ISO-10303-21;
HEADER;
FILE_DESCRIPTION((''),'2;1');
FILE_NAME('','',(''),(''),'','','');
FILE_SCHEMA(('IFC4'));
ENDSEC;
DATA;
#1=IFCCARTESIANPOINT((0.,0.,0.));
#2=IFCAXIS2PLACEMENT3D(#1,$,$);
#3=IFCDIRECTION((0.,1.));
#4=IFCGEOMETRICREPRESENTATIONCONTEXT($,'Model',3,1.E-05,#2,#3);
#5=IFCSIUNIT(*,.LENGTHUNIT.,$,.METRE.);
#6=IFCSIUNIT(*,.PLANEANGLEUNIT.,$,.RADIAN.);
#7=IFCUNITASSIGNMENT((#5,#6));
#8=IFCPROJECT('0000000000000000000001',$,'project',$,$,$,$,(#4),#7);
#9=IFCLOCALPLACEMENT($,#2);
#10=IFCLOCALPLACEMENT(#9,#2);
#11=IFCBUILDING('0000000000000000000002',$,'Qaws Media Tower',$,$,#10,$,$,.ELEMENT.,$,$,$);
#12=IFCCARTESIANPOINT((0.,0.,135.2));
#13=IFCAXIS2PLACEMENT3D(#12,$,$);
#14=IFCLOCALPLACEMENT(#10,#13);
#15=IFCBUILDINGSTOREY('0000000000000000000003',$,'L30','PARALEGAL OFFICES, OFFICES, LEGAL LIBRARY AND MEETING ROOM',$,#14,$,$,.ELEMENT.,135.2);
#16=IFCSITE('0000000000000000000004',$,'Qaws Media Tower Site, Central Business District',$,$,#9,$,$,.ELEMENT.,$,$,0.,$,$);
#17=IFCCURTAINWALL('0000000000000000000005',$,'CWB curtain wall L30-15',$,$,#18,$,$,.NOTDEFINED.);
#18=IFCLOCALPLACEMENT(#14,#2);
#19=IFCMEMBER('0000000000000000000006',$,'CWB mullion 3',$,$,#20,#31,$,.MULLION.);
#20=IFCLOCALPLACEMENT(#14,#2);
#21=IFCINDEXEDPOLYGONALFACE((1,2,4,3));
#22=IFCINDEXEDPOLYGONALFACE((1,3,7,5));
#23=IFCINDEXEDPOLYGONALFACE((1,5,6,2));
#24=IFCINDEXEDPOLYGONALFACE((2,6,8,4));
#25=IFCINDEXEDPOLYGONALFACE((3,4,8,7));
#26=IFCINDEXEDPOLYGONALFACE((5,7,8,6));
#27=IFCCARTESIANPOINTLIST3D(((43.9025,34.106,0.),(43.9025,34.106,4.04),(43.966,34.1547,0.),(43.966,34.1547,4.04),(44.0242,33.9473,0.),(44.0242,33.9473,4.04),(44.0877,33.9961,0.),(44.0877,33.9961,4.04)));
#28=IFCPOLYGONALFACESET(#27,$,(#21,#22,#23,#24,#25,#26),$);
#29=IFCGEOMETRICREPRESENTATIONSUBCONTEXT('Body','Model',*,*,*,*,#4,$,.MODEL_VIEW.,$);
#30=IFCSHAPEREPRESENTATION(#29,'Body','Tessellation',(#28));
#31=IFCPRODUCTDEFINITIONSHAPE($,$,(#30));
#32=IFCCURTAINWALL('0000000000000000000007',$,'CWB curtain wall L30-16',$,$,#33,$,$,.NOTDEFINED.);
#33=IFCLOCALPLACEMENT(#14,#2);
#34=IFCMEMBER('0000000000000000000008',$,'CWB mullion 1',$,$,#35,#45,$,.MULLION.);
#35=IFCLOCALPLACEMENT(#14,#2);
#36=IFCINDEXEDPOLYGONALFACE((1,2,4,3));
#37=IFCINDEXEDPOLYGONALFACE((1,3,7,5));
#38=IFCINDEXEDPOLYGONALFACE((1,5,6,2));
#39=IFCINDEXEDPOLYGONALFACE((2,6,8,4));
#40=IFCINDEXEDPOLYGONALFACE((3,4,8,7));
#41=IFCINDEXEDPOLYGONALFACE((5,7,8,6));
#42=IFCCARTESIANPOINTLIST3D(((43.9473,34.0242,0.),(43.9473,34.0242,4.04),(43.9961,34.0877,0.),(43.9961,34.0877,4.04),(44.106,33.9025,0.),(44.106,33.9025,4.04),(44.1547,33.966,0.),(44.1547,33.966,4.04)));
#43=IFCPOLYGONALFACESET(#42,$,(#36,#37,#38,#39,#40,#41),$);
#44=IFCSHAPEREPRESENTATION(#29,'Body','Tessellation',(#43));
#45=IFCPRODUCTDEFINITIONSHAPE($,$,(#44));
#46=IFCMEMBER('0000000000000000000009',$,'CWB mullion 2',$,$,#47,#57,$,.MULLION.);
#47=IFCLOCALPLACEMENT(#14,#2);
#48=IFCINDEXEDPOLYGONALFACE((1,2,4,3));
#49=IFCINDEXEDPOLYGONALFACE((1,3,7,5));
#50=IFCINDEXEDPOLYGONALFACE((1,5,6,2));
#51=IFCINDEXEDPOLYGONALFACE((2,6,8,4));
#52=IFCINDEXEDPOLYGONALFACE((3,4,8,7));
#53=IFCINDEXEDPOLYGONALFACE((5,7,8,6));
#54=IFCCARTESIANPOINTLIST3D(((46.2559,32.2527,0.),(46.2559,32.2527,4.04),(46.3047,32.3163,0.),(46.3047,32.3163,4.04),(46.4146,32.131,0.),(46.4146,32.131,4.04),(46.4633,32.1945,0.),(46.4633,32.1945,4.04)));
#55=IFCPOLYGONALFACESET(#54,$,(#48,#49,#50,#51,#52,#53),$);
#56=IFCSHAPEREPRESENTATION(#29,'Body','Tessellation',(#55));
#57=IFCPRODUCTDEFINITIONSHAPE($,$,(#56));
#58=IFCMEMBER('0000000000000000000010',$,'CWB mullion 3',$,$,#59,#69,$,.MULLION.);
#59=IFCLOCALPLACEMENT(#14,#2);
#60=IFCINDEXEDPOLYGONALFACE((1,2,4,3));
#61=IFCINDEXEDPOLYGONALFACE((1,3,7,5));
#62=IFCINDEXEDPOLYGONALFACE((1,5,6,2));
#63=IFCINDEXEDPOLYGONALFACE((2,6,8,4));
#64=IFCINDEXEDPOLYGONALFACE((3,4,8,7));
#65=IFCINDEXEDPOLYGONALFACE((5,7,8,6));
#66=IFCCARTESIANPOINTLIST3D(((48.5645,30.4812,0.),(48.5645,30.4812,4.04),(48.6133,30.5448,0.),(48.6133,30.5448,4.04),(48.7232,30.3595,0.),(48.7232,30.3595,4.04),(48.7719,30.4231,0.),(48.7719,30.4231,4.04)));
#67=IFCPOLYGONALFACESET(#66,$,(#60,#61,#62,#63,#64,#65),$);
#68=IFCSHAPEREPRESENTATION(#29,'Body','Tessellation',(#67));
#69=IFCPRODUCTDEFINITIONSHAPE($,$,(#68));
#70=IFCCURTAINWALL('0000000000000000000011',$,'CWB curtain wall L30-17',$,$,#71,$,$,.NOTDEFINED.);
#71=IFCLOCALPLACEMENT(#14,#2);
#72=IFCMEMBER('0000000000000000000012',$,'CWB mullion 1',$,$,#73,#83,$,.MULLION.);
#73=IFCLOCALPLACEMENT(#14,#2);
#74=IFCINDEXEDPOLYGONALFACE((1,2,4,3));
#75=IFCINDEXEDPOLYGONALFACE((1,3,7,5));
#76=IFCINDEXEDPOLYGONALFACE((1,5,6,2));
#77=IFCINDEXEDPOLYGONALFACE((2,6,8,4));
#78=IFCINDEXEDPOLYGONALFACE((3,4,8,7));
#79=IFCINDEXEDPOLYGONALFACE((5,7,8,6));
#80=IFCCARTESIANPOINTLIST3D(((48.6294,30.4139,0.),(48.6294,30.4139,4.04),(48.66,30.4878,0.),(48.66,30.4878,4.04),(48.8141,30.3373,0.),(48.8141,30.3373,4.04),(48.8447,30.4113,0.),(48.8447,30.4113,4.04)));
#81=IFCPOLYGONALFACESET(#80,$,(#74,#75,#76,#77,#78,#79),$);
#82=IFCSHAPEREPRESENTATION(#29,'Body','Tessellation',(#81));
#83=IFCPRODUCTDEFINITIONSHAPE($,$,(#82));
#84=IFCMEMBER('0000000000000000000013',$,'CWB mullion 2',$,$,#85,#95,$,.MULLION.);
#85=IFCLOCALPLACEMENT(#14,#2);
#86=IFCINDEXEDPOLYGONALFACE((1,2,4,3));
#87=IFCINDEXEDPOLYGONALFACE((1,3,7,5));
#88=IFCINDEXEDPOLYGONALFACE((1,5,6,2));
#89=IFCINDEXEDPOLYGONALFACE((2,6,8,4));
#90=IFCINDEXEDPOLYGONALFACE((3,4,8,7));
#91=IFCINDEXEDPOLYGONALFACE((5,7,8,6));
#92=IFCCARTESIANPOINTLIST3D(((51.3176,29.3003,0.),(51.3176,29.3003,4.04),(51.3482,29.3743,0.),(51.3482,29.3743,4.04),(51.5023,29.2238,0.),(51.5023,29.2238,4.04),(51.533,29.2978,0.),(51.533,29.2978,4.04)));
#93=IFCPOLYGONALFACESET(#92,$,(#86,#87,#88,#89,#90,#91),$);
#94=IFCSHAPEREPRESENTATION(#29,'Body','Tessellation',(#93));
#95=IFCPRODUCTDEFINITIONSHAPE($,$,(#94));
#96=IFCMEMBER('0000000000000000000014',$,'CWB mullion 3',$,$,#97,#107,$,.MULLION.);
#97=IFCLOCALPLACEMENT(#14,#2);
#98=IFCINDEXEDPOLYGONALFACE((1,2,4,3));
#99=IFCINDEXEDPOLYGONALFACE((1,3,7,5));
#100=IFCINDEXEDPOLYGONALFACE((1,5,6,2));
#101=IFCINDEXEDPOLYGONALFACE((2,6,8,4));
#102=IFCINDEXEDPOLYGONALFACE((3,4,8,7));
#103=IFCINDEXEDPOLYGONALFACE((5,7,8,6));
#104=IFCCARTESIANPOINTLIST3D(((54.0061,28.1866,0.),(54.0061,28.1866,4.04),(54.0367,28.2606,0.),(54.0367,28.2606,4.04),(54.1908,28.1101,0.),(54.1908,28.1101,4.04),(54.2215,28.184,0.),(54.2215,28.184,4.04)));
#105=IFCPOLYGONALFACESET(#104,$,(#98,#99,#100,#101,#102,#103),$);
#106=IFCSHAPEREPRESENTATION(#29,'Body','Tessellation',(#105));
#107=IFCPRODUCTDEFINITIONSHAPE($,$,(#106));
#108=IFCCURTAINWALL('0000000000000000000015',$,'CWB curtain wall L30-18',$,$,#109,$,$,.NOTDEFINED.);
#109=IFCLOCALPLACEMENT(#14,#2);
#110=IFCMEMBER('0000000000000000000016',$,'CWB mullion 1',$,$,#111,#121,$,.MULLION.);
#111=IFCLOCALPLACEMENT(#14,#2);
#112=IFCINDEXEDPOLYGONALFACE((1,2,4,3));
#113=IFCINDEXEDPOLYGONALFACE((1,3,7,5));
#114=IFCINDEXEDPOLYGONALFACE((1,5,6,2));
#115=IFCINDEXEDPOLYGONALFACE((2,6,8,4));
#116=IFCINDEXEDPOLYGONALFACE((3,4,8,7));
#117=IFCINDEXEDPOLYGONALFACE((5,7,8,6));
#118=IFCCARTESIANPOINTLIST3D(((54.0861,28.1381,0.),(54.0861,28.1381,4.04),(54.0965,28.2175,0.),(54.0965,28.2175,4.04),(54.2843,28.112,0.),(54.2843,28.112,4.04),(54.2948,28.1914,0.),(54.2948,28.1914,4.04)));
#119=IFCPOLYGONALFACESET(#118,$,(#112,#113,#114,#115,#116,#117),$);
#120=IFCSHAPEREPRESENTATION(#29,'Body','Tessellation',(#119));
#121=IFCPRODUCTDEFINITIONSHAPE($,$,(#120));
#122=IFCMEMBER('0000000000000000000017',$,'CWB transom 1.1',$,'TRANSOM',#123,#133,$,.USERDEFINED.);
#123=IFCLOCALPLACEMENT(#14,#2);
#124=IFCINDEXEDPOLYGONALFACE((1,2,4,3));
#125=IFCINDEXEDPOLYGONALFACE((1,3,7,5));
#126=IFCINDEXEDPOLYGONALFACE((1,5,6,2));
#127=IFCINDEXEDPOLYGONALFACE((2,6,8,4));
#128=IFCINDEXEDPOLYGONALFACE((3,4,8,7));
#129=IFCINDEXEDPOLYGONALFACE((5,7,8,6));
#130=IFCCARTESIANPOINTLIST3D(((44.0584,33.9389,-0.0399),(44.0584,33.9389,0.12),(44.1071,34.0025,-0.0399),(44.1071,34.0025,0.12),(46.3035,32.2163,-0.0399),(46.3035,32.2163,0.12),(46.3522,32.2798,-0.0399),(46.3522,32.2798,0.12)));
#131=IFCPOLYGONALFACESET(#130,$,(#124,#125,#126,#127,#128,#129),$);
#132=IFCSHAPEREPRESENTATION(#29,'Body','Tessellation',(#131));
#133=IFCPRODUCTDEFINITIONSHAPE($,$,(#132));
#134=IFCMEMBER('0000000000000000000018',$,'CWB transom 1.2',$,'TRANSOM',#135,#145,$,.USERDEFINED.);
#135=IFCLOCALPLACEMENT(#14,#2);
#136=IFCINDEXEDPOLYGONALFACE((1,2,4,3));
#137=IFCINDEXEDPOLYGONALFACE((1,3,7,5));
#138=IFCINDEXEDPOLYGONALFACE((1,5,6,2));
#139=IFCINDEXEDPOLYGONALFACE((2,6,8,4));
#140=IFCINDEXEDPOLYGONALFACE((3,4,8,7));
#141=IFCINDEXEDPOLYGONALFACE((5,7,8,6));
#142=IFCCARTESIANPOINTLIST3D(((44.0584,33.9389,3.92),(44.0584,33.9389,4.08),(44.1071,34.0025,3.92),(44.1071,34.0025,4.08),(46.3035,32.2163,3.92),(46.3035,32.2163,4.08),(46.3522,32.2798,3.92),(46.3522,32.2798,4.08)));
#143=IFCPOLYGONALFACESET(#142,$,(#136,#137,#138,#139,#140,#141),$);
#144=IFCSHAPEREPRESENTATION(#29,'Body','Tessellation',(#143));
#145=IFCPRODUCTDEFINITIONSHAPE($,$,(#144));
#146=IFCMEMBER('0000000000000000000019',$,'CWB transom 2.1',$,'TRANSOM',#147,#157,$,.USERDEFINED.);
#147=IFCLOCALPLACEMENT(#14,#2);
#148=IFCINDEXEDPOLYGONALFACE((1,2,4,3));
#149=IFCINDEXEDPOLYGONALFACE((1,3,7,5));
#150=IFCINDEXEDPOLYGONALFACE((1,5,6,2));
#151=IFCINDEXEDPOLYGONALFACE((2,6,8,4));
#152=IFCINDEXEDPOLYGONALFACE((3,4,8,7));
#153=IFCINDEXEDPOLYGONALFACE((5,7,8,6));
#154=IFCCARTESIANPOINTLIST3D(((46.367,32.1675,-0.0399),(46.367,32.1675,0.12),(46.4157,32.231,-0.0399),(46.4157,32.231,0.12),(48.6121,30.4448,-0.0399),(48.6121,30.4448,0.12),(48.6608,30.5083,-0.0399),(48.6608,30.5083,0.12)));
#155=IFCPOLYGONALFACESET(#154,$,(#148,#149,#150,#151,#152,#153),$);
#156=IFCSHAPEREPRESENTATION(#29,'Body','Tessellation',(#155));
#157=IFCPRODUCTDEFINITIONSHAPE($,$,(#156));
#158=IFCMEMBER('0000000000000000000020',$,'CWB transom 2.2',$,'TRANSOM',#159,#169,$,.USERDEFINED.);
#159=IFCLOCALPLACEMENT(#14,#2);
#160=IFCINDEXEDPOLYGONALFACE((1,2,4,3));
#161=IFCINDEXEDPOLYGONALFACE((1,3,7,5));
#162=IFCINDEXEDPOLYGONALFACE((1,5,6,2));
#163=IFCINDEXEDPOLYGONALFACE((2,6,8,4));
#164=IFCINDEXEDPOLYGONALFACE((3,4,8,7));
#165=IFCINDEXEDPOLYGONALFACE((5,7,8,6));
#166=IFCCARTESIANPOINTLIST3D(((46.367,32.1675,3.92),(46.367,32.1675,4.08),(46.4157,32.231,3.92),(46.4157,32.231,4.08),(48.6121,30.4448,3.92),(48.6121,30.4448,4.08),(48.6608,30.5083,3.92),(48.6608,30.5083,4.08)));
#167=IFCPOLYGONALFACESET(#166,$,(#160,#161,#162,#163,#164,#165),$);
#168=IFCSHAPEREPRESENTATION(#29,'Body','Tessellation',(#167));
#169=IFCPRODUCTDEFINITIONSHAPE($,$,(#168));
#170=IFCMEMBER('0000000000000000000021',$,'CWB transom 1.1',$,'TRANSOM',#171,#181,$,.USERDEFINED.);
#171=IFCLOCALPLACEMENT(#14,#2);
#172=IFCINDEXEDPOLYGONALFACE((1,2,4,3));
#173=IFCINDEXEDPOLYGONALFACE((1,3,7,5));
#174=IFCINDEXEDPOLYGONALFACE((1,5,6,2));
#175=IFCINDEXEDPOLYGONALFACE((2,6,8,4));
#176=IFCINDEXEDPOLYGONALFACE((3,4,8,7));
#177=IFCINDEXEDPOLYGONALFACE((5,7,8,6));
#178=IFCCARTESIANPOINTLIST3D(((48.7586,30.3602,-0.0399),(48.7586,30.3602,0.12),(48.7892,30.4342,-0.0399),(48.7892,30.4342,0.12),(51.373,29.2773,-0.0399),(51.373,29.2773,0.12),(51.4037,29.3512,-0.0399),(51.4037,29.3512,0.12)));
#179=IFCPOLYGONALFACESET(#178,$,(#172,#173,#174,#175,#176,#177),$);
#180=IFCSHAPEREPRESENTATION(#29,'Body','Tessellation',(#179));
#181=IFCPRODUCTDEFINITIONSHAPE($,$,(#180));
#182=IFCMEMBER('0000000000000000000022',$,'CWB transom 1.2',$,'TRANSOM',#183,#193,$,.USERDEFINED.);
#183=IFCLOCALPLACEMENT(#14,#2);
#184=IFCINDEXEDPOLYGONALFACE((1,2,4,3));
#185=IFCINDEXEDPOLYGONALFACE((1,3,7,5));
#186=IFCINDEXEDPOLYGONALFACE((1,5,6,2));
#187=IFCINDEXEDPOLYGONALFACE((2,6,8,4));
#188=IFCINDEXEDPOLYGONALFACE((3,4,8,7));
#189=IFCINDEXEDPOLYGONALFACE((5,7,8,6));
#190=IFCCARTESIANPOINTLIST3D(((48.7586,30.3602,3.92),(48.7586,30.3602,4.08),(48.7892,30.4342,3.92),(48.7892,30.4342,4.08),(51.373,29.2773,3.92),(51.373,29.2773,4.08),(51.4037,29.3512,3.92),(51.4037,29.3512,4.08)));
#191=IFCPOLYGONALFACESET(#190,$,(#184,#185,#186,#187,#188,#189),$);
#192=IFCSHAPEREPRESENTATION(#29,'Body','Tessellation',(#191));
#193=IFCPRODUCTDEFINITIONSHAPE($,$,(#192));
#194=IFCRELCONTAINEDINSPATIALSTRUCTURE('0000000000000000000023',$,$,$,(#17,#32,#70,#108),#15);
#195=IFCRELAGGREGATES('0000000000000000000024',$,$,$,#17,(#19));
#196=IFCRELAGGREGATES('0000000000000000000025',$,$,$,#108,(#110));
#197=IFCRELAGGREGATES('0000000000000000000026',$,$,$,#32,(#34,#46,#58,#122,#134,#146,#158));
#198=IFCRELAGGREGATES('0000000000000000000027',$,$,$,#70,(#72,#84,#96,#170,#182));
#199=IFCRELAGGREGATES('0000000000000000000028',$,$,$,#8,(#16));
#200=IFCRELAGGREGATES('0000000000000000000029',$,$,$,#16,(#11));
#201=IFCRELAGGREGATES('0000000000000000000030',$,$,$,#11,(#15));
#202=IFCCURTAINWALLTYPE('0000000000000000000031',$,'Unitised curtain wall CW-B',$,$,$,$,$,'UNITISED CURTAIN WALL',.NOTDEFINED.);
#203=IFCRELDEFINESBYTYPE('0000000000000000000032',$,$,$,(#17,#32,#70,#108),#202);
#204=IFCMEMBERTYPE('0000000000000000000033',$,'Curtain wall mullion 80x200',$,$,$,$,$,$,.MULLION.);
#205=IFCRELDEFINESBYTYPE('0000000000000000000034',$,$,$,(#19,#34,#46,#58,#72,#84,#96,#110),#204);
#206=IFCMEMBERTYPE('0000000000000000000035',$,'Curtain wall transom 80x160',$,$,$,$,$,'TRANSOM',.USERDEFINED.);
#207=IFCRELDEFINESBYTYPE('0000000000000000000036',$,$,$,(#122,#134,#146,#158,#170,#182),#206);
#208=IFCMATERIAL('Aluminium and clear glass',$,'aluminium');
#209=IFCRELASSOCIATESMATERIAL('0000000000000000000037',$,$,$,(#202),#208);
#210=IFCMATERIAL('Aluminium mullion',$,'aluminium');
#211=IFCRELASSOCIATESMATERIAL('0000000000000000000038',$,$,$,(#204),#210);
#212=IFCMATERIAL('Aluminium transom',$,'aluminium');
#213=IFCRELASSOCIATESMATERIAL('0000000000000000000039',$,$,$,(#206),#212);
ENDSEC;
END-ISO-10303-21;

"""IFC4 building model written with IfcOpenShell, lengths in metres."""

from ifc_helpers import new_model, si_unit, direction, frame, origin, origin_2d, place, context, subcontext, project, spatial, rectangle, extrude, material, material_profile, profile_set, type_object, element, aggregate, save


model = new_model("IFC4")

# Units and contexts
model_context = context("Model", 3, precision=1e-05, world=origin(), true_north=direction((0.0, 1.0)))
body_context = subcontext(model_context, "Body", "Model", "MODEL_VIEW")
ifc_project = project(units=[si_unit("LENGTHUNIT", "METRE"), si_unit("PLANEANGLEUNIT", "RADIAN")], contexts=[model_context])

# Site, building, storey
site_placement = place(None, origin())
site = spatial("IfcSite", under=ifc_project, at=site_placement, Name="Qaws Media Tower Site, Central Business District", CompositionType="ELEMENT", RefElevation=0.0)
building_placement = place(site_placement, origin())
building = spatial("IfcBuilding", under=site, at=building_placement, Name="Qaws Media Tower", CompositionType="ELEMENT")
storey_placement = place(building_placement, frame((0.0, 0.0, 135.2)))
storey = spatial("IfcBuildingStorey", under=building, at=storey_placement, Name="L30", Description="PARALEGAL OFFICES, OFFICES, LEGAL LIBRARY AND MEETING ROOM", CompositionType="ELEMENT", Elevation=135.2)

# Curtain wall, member
ifc_material_1 = material(Name="Aluminium and clear glass", Category="aluminium")
curtain_wall_type = type_object("IfcCurtainWallType", Name="Unitised curtain wall CW-B", ElementType="UNITISED CURTAIN WALL", PredefinedType="NOTDEFINED", material=ifc_material_1)
curtain_wall_1_placement = place(storey_placement, origin())
curtain_wall_1 = element("IfcCurtainWall", 1, at=curtain_wall_1_placement, inside=storey, type_object=curtain_wall_type, Name="CWB curtain wall L30-15", PredefinedType="NOTDEFINED")
ifc_material_2 = material(Name="Aluminium mullion", Category="aluminium")
ifc_material_profile_1 = material_profile(ifc_material_2, rectangle(XDim=0.0801, YDim=0.2, at=origin_2d()), Name="80x200")
ifc_profile_set_1 = profile_set([ifc_material_profile_1], Name="Aluminium mullion")
member_type_1 = type_object("IfcMemberType", Name="Curtain wall mullion 80x200", PredefinedType="MULLION", material=ifc_profile_set_1)
member_1_placement = place(storey_placement, frame((43.9951, 34.051, 0.0), z_axis=(0.0, 0.0, 1.0), x_axis=(0.793353, 0.608761, 0.0)))
member_1 = element("IfcMember", 2, at=member_1_placement, type_object=member_type_1, Name="CWB mullion 3", PredefinedType="MULLION", context=body_context, shape_type="SweptSolid", body=[
    extrude(rectangle(XDim=0.0801, YDim=0.2, at=origin_2d()), origin(), (0.0, 0.0, 1.0), 4.04),
])
aggregate(curtain_wall_1, [member_1])

# Curtain walls, members
curtain_wall_2_placement = place(storey_placement, origin())
curtain_wall_2 = element("IfcCurtainWall", 3, at=curtain_wall_2_placement, inside=storey, type_object=curtain_wall_type, Name="CWB curtain wall L30-16", PredefinedType="NOTDEFINED")
member_2_placement = place(storey_placement, frame((44.051, 33.9951, 0.0), z_axis=(0.0, 0.0, 1.0), x_axis=(0.608761, 0.793353, 0.0)))
member_2 = element("IfcMember", 4, at=member_2_placement, type_object=member_type_1, Name="CWB mullion 1", PredefinedType="MULLION", context=body_context, shape_type="SweptSolid", body=[
    extrude(rectangle(XDim=0.0801, YDim=0.2, at=origin_2d()), origin(), (0.0, 0.0, 1.0), 4.04),
])
member_3_placement = place(storey_placement, frame((46.3596, 32.2236, 0.0), z_axis=(0.0, 0.0, 1.0), x_axis=(0.608761, 0.793353, 0.0)))
member_3 = element("IfcMember", 5, at=member_3_placement, type_object=member_type_1, Name="CWB mullion 2", PredefinedType="MULLION", context=body_context, shape_type="SweptSolid", body=[
    extrude(rectangle(XDim=0.0801, YDim=0.2, at=origin_2d()), origin(), (0.0, 0.0, 1.0), 4.04),
])
member_4_placement = place(storey_placement, frame((48.6682, 30.4521, 0.0), z_axis=(0.0, 0.0, 1.0), x_axis=(0.608761, 0.793353, 0.0)))
member_4 = element("IfcMember", 6, at=member_4_placement, type_object=member_type_1, Name="CWB mullion 3", PredefinedType="MULLION", context=body_context, shape_type="SweptSolid", body=[
    extrude(rectangle(XDim=0.0801, YDim=0.2, at=origin_2d()), origin(), (0.0, 0.0, 1.0), 4.04),
])
curtain_wall_3_placement = place(storey_placement, origin())
curtain_wall_3 = element("IfcCurtainWall", 7, at=curtain_wall_3_placement, inside=storey, type_object=curtain_wall_type, Name="CWB curtain wall L30-17", PredefinedType="NOTDEFINED")
member_5_placement = place(storey_placement, frame((48.7371, 30.4126, 0.0), z_axis=(0.0, 0.0, 1.0), x_axis=(0.382683, 0.92388, 0.0)))
member_5 = element("IfcMember", 8, at=member_5_placement, type_object=member_type_1, Name="CWB mullion 1", PredefinedType="MULLION", context=body_context, shape_type="SweptSolid", body=[
    extrude(rectangle(XDim=0.0801, YDim=0.2, at=origin_2d()), origin(), (0.0, 0.0, 1.0), 4.04),
])
member_6_placement = place(storey_placement, frame((51.4253, 29.2991, 0.0), z_axis=(0.0, 0.0, 1.0), x_axis=(0.382683, 0.92388, 0.0)))
member_6 = element("IfcMember", 9, at=member_6_placement, type_object=member_type_1, Name="CWB mullion 2", PredefinedType="MULLION", context=body_context, shape_type="SweptSolid", body=[
    extrude(rectangle(XDim=0.0801, YDim=0.2, at=origin_2d()), origin(), (0.0, 0.0, 1.0), 4.04),
])
member_7_placement = place(storey_placement, frame((54.1138, 28.1853, 0.0), z_axis=(0.0, 0.0, 1.0), x_axis=(0.382683, 0.92388, 0.0)))
member_7 = element("IfcMember", 10, at=member_7_placement, type_object=member_type_1, Name="CWB mullion 3", PredefinedType="MULLION", context=body_context, shape_type="SweptSolid", body=[
    extrude(rectangle(XDim=0.0801, YDim=0.2, at=origin_2d()), origin(), (0.0, 0.0, 1.0), 4.04),
])

# Curtain wall, member
curtain_wall_4_placement = place(storey_placement, origin())
curtain_wall_4 = element("IfcCurtainWall", 11, at=curtain_wall_4_placement, inside=storey, type_object=curtain_wall_type, Name="CWB curtain wall L30-18", PredefinedType="NOTDEFINED")
member_8_placement = place(storey_placement, frame((54.1904, 28.1648, 0.0), z_axis=(0.0, 0.0, 1.0), x_axis=(0.130526, 0.991445, 0.0)))
member_8 = element("IfcMember", 12, at=member_8_placement, type_object=member_type_1, Name="CWB mullion 1", PredefinedType="MULLION", context=body_context, shape_type="SweptSolid", body=[
    extrude(rectangle(XDim=0.0801, YDim=0.2, at=origin_2d()), origin(), (0.0, 0.0, 1.0), 4.04),
])

# Members
ifc_material_3 = material(Name="Aluminium transom", Category="aluminium")
ifc_material_profile_2 = material_profile(ifc_material_3, rectangle(XDim=0.0801, YDim=0.1599, at=origin_2d()), Name="80x160")
ifc_profile_set_2 = profile_set([ifc_material_profile_2], Name="Aluminium transom")
member_type_2 = type_object("IfcMemberType", Name="Curtain wall transom 80x160", ElementType="TRANSOM", PredefinedType="USERDEFINED", material=ifc_profile_set_2)
member_9_placement = place(storey_placement, frame((44.0828, 33.9707, 0.04), z_axis=(0.793367, -0.608743, 0.0), x_axis=(0.608743, 0.793367, 0.0)))
member_9 = element("IfcMember", 13, at=member_9_placement, type_object=member_type_2, Name="CWB transom 1.1", ObjectType="TRANSOM", PredefinedType="USERDEFINED", context=body_context, shape_type="SweptSolid", body=[
    extrude(rectangle(XDim=0.0801, YDim=0.1599, at=origin_2d()), origin(), (0.0, 0.0, 1.0), 2.8298),
])
member_10_placement = place(storey_placement, frame((44.0828, 33.9707, 4.0), z_axis=(0.793367, -0.608743, 0.0), x_axis=(0.608743, 0.793367, 0.0)))
member_10 = element("IfcMember", 14, at=member_10_placement, type_object=member_type_2, Name="CWB transom 1.2", ObjectType="TRANSOM", PredefinedType="USERDEFINED", context=body_context, shape_type="SweptSolid", body=[
    extrude(rectangle(XDim=0.0801, YDim=0.1599, at=origin_2d()), origin(), (0.0, 0.0, 1.0), 2.8298),
])
member_11_placement = place(storey_placement, frame((46.3914, 32.1992, 0.04), z_axis=(0.793367, -0.608743, 0.0), x_axis=(0.608743, 0.793367, 0.0)))
member_11 = element("IfcMember", 15, at=member_11_placement, type_object=member_type_2, Name="CWB transom 2.1", ObjectType="TRANSOM", PredefinedType="USERDEFINED", context=body_context, shape_type="SweptSolid", body=[
    extrude(rectangle(XDim=0.0801, YDim=0.1599, at=origin_2d()), origin(), (0.0, 0.0, 1.0), 2.8298),
])
member_12_placement = place(storey_placement, frame((46.3914, 32.1992, 4.0), z_axis=(0.793367, -0.608743, 0.0), x_axis=(0.608743, 0.793367, 0.0)))
member_12 = element("IfcMember", 16, at=member_12_placement, type_object=member_type_2, Name="CWB transom 2.2", ObjectType="TRANSOM", PredefinedType="USERDEFINED", context=body_context, shape_type="SweptSolid", body=[
    extrude(rectangle(XDim=0.0801, YDim=0.1599, at=origin_2d()), origin(), (0.0, 0.0, 1.0), 2.8298),
])
member_13_placement = place(storey_placement, frame((48.7739, 30.3972, 0.04), z_axis=(0.923874, -0.382697, 0.0), x_axis=(0.382697, 0.923874, 0.0)))
member_13 = element("IfcMember", 17, at=member_13_placement, type_object=member_type_2, Name="CWB transom 1.1", ObjectType="TRANSOM", PredefinedType="USERDEFINED", context=body_context, shape_type="SweptSolid", body=[
    extrude(rectangle(XDim=0.0801, YDim=0.1599, at=origin_2d()), origin(), (0.0, 0.0, 1.0), 2.8298),
])
member_14_placement = place(storey_placement, frame((48.7739, 30.3972, 4.0), z_axis=(0.923874, -0.382697, 0.0), x_axis=(0.382697, 0.923874, 0.0)))
member_14 = element("IfcMember", 18, at=member_14_placement, type_object=member_type_2, Name="CWB transom 1.2", ObjectType="TRANSOM", PredefinedType="USERDEFINED", context=body_context, shape_type="SweptSolid", body=[
    extrude(rectangle(XDim=0.0801, YDim=0.1599, at=origin_2d()), origin(), (0.0, 0.0, 1.0), 2.8298),
])
aggregate(curtain_wall_4, [member_8])

aggregate(curtain_wall_2, [member_2, member_3, member_4, member_9, member_10, member_11, member_12])
aggregate(curtain_wall_3, [member_5, member_6, member_7, member_13, member_14])

save(model, "model.ifc")
